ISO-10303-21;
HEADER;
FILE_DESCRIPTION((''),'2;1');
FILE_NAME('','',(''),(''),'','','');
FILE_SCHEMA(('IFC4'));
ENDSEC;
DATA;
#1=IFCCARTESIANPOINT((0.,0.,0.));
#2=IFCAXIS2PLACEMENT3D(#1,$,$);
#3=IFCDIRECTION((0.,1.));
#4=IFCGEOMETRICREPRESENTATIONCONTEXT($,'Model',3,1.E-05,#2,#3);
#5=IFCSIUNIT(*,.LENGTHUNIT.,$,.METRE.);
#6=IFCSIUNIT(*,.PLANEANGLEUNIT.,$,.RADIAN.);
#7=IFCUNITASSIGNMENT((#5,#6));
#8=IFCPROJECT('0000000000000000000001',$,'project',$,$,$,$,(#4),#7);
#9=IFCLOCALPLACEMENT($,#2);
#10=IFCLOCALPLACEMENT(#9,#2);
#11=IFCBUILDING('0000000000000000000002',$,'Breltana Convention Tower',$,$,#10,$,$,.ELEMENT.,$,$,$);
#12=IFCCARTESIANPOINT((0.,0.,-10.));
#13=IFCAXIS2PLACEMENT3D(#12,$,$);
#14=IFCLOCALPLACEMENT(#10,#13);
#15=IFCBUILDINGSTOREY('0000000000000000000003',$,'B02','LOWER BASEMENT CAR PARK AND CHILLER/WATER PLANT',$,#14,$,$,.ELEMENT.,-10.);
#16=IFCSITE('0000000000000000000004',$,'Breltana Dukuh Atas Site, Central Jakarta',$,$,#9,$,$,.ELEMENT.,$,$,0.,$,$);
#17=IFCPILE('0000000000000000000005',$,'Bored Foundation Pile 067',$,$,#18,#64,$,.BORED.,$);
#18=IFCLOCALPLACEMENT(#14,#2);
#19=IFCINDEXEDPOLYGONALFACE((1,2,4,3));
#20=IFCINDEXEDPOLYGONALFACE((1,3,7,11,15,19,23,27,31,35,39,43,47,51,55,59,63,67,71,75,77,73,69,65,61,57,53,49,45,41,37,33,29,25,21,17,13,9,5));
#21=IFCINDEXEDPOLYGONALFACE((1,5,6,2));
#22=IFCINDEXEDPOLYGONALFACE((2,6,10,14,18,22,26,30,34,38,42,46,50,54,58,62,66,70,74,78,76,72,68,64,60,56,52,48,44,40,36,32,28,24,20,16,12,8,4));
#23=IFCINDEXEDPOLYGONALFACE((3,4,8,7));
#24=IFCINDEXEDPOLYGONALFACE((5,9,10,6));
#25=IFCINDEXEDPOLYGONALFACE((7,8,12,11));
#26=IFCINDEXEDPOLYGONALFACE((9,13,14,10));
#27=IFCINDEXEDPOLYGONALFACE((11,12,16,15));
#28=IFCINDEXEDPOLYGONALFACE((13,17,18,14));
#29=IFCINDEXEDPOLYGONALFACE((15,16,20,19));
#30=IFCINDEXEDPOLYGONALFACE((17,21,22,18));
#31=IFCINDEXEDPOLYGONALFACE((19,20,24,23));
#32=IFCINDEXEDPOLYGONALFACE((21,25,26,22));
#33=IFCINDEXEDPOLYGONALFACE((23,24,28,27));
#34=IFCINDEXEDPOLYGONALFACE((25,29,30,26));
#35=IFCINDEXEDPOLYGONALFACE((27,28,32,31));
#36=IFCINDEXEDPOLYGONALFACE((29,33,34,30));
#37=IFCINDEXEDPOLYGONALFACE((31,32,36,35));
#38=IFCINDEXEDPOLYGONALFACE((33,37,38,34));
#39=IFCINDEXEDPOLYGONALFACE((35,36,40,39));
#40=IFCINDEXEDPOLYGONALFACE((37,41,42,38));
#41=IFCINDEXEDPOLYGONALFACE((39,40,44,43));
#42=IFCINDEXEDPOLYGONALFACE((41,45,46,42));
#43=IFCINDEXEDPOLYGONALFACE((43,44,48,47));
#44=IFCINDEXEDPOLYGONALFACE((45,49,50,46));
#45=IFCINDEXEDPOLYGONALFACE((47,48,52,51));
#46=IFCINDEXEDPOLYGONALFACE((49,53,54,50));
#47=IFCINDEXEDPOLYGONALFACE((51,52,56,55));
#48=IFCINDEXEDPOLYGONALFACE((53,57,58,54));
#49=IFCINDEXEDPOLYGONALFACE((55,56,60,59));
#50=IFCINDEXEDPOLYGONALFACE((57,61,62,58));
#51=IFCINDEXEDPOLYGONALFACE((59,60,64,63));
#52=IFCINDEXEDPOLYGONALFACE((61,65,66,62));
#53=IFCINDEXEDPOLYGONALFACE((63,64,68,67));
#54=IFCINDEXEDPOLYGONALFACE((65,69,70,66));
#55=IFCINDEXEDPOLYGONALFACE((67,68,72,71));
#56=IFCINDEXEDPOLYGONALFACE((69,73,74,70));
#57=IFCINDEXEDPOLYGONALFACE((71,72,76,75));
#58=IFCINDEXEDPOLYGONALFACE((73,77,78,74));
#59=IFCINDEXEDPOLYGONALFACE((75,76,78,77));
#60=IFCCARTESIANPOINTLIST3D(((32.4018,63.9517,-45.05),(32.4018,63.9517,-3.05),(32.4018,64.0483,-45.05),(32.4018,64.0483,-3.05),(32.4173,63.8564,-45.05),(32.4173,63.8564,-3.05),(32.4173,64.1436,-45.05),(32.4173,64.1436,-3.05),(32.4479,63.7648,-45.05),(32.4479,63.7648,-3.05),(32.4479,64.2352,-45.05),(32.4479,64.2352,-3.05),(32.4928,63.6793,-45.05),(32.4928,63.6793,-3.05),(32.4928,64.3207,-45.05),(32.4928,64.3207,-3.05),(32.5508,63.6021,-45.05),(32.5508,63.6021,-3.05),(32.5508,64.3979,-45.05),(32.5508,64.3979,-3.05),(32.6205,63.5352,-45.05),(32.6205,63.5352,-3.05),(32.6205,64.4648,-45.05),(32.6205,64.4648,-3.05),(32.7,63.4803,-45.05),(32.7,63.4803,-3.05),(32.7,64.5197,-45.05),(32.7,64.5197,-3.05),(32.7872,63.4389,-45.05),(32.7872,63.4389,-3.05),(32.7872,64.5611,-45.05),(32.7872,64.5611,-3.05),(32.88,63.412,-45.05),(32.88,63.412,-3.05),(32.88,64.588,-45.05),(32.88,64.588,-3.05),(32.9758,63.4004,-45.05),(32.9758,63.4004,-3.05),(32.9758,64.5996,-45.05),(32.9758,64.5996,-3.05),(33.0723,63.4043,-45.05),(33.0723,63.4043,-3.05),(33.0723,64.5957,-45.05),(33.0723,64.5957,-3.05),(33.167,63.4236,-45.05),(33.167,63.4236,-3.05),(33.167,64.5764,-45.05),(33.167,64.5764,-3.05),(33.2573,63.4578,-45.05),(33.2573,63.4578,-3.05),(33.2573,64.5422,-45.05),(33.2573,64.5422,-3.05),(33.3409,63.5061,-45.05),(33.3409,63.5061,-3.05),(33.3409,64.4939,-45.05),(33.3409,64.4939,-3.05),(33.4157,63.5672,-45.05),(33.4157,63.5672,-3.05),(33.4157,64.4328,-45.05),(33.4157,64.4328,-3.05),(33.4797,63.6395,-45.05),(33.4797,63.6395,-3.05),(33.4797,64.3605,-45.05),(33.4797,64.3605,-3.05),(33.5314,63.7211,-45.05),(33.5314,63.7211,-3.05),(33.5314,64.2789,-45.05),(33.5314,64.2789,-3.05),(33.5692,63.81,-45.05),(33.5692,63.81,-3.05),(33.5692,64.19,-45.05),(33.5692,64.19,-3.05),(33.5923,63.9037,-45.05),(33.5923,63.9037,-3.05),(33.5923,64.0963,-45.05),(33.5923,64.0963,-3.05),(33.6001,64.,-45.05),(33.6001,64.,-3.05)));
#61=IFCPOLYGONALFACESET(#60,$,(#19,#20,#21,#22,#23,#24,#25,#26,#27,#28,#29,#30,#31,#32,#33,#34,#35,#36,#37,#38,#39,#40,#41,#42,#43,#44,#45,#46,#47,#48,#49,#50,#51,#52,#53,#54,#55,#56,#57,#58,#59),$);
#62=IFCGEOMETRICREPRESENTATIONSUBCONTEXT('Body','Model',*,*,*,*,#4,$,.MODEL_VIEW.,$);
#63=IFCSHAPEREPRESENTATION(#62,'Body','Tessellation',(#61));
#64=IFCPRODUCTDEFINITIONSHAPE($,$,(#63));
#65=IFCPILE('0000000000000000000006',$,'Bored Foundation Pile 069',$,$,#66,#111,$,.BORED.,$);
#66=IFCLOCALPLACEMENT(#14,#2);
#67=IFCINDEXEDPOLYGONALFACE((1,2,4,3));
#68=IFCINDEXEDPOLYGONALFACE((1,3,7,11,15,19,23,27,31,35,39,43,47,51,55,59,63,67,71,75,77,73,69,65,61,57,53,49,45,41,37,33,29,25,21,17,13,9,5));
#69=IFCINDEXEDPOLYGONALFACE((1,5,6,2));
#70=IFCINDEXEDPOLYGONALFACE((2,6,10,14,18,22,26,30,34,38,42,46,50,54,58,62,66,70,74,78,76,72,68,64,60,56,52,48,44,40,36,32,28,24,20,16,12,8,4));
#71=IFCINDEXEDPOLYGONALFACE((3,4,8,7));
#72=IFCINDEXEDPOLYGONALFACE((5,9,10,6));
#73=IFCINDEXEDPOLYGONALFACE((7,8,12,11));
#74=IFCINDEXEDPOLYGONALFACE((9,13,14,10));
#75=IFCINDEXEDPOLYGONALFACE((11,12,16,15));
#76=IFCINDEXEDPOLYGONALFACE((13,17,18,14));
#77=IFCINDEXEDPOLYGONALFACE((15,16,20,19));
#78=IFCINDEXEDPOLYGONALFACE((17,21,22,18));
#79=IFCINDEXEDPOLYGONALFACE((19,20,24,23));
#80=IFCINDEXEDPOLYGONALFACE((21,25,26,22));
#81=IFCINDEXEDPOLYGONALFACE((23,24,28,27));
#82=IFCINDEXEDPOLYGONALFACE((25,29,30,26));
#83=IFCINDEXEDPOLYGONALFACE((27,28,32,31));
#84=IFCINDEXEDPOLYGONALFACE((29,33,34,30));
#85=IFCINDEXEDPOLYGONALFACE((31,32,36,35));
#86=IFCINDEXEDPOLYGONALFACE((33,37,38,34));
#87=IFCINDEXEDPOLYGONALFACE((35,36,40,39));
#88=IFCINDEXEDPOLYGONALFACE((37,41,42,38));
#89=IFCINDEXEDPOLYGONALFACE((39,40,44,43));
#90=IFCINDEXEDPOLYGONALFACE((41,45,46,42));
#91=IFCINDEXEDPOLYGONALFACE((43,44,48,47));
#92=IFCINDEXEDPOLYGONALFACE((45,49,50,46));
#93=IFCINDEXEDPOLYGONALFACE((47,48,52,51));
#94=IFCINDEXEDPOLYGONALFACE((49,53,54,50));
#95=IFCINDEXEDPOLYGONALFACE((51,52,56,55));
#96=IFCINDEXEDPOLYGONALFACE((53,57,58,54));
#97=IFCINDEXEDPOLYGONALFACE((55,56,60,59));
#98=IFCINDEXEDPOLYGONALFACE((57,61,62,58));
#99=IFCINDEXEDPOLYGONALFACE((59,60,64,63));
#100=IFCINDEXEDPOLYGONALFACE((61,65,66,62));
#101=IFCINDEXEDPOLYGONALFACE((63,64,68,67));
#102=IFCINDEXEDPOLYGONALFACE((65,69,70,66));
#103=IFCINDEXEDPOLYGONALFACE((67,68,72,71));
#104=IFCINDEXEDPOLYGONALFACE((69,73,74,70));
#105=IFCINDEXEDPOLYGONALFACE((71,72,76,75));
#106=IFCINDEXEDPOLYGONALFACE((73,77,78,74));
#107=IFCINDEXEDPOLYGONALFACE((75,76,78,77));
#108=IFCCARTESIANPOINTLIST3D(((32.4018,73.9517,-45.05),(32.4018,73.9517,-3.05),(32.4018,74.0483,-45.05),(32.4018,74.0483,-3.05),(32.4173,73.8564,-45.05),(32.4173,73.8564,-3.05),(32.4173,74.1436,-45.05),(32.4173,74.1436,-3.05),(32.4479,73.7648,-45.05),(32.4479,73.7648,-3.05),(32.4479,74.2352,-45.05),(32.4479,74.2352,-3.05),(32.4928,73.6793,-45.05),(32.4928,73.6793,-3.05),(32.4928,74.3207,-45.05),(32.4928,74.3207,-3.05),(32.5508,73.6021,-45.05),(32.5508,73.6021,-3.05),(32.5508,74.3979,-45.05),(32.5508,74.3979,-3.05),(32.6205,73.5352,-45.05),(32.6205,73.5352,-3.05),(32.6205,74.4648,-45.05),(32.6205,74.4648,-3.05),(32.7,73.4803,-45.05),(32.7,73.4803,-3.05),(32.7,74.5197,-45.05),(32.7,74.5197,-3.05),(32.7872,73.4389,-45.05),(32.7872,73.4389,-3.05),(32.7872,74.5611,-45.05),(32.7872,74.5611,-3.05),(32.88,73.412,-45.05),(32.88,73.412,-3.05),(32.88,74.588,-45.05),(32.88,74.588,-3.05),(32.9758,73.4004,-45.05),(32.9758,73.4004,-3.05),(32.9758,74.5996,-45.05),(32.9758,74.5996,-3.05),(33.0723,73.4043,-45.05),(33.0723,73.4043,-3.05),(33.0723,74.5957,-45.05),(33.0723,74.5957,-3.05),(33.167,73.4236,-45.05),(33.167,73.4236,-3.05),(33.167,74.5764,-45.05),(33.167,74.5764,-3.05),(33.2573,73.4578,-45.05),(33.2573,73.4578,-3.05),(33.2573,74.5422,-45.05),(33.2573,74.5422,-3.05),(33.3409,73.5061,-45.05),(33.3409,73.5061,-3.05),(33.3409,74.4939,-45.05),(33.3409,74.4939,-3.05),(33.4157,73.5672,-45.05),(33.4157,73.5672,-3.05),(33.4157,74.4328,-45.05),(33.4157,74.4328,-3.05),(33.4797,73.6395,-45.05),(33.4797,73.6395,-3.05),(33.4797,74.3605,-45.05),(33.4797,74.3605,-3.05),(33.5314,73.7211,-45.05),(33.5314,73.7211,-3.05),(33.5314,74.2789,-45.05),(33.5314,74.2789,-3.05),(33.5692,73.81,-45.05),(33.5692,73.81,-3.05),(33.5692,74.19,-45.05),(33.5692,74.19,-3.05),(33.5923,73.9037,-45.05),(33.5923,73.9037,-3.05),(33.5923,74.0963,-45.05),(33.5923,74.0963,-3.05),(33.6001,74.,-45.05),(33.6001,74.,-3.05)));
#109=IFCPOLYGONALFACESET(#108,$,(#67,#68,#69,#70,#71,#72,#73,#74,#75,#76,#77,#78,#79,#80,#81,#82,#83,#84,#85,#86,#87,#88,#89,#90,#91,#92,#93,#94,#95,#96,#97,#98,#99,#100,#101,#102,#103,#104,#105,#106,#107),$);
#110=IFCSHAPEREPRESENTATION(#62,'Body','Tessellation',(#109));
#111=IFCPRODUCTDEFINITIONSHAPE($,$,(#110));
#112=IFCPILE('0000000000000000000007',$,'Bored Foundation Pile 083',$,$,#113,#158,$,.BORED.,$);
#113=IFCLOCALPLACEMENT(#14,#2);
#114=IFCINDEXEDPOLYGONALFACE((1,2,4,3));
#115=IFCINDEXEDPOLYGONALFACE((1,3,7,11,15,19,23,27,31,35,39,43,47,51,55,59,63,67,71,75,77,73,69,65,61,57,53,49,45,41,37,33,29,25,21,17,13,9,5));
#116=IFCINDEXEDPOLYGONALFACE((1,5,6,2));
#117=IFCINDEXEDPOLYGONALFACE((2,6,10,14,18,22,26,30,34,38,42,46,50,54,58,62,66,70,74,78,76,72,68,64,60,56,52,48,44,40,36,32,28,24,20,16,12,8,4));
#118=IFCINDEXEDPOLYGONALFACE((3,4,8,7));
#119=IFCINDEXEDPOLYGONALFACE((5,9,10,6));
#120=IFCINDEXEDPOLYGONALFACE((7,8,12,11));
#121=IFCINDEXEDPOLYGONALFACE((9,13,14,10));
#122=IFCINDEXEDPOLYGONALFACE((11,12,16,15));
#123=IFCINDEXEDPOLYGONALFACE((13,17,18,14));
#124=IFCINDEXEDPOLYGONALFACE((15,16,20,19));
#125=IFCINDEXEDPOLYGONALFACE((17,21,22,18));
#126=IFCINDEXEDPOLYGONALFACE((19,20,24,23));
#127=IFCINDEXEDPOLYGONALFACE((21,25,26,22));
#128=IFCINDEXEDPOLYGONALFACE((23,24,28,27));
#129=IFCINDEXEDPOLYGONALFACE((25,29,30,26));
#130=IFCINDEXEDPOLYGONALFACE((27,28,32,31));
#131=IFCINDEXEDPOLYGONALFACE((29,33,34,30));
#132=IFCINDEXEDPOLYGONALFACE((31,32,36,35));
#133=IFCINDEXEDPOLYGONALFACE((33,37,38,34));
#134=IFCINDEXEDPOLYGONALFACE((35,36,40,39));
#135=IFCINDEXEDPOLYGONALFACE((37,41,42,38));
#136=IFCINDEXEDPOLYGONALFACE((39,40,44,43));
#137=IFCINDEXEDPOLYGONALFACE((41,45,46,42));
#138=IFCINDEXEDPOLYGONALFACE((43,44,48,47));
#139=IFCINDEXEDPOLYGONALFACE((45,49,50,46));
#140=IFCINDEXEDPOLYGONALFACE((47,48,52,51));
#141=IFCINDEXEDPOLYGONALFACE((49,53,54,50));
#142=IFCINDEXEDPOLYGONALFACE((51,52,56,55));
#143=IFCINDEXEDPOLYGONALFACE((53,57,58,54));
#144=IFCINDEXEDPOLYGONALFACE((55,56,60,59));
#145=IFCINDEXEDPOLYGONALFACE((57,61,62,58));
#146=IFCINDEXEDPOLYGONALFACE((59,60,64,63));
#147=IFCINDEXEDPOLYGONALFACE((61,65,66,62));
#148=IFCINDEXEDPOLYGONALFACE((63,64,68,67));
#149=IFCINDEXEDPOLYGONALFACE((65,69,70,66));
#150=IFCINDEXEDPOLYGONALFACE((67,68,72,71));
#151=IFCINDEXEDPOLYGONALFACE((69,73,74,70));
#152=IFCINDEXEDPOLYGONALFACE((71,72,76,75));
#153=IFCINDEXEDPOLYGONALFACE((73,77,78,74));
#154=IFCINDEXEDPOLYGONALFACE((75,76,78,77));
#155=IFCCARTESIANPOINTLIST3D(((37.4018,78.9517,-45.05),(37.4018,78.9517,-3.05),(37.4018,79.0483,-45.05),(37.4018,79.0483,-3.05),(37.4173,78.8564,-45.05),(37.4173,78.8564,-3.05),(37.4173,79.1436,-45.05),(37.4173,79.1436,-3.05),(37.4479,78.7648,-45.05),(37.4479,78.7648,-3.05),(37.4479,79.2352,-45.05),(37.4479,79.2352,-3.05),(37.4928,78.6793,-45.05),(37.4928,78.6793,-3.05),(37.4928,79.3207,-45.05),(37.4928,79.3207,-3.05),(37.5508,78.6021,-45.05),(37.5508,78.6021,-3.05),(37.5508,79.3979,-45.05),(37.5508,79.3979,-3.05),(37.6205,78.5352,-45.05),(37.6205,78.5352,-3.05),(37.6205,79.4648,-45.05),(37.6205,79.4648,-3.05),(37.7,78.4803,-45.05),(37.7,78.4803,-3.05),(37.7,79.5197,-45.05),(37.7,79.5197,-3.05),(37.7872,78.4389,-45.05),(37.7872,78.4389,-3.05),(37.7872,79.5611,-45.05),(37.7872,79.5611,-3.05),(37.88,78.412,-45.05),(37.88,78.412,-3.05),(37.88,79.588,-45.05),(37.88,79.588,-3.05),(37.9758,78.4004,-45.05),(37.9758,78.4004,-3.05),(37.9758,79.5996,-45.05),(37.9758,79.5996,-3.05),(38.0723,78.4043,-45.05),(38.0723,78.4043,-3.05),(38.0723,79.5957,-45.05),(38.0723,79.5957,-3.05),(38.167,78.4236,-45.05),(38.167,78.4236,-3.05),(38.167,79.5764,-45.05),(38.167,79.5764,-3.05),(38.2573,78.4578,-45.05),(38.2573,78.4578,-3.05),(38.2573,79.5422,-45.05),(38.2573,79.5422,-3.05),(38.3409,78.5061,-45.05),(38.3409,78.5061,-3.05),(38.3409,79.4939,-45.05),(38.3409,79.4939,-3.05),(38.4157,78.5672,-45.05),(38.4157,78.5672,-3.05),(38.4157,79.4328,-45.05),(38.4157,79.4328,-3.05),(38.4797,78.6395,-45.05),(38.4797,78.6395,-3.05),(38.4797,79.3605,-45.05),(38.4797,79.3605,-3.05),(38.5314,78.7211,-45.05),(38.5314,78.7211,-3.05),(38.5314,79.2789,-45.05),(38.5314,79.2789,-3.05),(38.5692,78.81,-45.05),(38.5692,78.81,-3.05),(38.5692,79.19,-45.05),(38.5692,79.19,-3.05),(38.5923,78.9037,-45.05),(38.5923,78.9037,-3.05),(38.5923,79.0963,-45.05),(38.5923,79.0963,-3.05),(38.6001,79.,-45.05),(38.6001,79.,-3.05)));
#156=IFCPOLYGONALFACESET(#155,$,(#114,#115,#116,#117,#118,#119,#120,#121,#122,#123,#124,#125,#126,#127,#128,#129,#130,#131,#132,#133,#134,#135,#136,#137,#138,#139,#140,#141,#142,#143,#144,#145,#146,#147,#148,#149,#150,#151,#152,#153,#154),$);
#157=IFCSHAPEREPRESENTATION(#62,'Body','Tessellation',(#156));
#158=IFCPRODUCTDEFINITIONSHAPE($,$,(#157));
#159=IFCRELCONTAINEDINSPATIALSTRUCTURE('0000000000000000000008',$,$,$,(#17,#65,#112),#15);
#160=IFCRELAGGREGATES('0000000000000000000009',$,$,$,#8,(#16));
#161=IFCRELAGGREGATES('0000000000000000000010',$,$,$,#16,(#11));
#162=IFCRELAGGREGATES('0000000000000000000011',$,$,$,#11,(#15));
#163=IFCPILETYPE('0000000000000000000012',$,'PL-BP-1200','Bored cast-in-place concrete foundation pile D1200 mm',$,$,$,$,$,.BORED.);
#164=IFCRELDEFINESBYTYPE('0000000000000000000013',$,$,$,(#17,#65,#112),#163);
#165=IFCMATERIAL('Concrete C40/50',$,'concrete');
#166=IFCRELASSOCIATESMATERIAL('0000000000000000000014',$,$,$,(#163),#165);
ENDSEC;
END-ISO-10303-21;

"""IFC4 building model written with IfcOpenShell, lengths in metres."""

from ifc_helpers import new_model, si_unit, direction, frame, origin, origin_2d, place, context, subcontext, project, spatial, circle, extrude, source, transform, mapped, material, material_profile, profile_set, type_object, type_shapes, element, save


model = new_model("IFC4")

# Units and contexts
model_context = context("Model", 3, precision=1e-05, world=origin(), true_north=direction((0.0, 1.0)))
body_context = subcontext(model_context, "Body", "Model", "MODEL_VIEW")
ifc_project = project(units=[si_unit("LENGTHUNIT", "METRE"), si_unit("PLANEANGLEUNIT", "RADIAN")], contexts=[model_context])

# Site, building, storey
site_placement = place(None, origin())
site = spatial("IfcSite", under=ifc_project, at=site_placement, Name="Breltana Dukuh Atas Site, Central Jakarta", CompositionType="ELEMENT", RefElevation=0.0)
building_placement = place(site_placement, origin())
building = spatial("IfcBuilding", under=site, at=building_placement, Name="Breltana Convention Tower", CompositionType="ELEMENT")
storey_placement = place(building_placement, frame((0.0, 0.0, -10.0)))
storey = spatial("IfcBuildingStorey", under=building, at=storey_placement, Name="B02", Description="LOWER BASEMENT CAR PARK AND CHILLER/WATER PLANT", CompositionType="ELEMENT", Elevation=-10.0)

# Piles
ifc_material_1 = material(Name="Concrete C40/50", Category="concrete")
ifc_material_profile_1 = material_profile(ifc_material_1, circle(Radius=0.6001, at=origin_2d()), Name="BP-D1200")
ifc_profile_set_1 = profile_set([ifc_material_profile_1], Name="Concrete C40/50")
pile_type_1 = type_object("IfcPileType", Name="PL-BP-1200", Description="Bored cast-in-place concrete foundation pile D1200 mm", PredefinedType="BORED", material=ifc_profile_set_1)
shared_shape_1 = source(origin(), body_context, "Body", "SweptSolid", [
    extrude(circle(Radius=0.6001, at=origin_2d()), origin(), (0.0, 0.0, 1.0), 42.0),
])
type_shapes(pile_type_1, [shared_shape_1])
for number, where, z_axis, x_axis, name in (
    (1, (33.0, 64.0, -3.05), (0.0, 0.0, -1.0), (1.0, 0.0, 0.0), "Bored Foundation Pile 067"),
    (2, (33.0, 74.0, -3.05), (0.0, 0.0, -1.0), (1.0, 0.0, 0.0), "Bored Foundation Pile 069"),
    (3, (38.0, 79.0, -3.05), (0.0, 0.0, -1.0), (1.0, 0.0, 0.0), "Bored Foundation Pile 083"),
):
    element("IfcPile", number, at=place(storey_placement, frame(where, z_axis=z_axis, x_axis=x_axis)), inside=storey, type_object=pile_type_1, Name=name, PredefinedType="BORED", context=body_context, shape_type="MappedRepresentation", body=[
        mapped(shared_shape_1, transform((0.0, 0.0, 0.0), scale=1.0)),
    ])

save(model, "model.ifc")
